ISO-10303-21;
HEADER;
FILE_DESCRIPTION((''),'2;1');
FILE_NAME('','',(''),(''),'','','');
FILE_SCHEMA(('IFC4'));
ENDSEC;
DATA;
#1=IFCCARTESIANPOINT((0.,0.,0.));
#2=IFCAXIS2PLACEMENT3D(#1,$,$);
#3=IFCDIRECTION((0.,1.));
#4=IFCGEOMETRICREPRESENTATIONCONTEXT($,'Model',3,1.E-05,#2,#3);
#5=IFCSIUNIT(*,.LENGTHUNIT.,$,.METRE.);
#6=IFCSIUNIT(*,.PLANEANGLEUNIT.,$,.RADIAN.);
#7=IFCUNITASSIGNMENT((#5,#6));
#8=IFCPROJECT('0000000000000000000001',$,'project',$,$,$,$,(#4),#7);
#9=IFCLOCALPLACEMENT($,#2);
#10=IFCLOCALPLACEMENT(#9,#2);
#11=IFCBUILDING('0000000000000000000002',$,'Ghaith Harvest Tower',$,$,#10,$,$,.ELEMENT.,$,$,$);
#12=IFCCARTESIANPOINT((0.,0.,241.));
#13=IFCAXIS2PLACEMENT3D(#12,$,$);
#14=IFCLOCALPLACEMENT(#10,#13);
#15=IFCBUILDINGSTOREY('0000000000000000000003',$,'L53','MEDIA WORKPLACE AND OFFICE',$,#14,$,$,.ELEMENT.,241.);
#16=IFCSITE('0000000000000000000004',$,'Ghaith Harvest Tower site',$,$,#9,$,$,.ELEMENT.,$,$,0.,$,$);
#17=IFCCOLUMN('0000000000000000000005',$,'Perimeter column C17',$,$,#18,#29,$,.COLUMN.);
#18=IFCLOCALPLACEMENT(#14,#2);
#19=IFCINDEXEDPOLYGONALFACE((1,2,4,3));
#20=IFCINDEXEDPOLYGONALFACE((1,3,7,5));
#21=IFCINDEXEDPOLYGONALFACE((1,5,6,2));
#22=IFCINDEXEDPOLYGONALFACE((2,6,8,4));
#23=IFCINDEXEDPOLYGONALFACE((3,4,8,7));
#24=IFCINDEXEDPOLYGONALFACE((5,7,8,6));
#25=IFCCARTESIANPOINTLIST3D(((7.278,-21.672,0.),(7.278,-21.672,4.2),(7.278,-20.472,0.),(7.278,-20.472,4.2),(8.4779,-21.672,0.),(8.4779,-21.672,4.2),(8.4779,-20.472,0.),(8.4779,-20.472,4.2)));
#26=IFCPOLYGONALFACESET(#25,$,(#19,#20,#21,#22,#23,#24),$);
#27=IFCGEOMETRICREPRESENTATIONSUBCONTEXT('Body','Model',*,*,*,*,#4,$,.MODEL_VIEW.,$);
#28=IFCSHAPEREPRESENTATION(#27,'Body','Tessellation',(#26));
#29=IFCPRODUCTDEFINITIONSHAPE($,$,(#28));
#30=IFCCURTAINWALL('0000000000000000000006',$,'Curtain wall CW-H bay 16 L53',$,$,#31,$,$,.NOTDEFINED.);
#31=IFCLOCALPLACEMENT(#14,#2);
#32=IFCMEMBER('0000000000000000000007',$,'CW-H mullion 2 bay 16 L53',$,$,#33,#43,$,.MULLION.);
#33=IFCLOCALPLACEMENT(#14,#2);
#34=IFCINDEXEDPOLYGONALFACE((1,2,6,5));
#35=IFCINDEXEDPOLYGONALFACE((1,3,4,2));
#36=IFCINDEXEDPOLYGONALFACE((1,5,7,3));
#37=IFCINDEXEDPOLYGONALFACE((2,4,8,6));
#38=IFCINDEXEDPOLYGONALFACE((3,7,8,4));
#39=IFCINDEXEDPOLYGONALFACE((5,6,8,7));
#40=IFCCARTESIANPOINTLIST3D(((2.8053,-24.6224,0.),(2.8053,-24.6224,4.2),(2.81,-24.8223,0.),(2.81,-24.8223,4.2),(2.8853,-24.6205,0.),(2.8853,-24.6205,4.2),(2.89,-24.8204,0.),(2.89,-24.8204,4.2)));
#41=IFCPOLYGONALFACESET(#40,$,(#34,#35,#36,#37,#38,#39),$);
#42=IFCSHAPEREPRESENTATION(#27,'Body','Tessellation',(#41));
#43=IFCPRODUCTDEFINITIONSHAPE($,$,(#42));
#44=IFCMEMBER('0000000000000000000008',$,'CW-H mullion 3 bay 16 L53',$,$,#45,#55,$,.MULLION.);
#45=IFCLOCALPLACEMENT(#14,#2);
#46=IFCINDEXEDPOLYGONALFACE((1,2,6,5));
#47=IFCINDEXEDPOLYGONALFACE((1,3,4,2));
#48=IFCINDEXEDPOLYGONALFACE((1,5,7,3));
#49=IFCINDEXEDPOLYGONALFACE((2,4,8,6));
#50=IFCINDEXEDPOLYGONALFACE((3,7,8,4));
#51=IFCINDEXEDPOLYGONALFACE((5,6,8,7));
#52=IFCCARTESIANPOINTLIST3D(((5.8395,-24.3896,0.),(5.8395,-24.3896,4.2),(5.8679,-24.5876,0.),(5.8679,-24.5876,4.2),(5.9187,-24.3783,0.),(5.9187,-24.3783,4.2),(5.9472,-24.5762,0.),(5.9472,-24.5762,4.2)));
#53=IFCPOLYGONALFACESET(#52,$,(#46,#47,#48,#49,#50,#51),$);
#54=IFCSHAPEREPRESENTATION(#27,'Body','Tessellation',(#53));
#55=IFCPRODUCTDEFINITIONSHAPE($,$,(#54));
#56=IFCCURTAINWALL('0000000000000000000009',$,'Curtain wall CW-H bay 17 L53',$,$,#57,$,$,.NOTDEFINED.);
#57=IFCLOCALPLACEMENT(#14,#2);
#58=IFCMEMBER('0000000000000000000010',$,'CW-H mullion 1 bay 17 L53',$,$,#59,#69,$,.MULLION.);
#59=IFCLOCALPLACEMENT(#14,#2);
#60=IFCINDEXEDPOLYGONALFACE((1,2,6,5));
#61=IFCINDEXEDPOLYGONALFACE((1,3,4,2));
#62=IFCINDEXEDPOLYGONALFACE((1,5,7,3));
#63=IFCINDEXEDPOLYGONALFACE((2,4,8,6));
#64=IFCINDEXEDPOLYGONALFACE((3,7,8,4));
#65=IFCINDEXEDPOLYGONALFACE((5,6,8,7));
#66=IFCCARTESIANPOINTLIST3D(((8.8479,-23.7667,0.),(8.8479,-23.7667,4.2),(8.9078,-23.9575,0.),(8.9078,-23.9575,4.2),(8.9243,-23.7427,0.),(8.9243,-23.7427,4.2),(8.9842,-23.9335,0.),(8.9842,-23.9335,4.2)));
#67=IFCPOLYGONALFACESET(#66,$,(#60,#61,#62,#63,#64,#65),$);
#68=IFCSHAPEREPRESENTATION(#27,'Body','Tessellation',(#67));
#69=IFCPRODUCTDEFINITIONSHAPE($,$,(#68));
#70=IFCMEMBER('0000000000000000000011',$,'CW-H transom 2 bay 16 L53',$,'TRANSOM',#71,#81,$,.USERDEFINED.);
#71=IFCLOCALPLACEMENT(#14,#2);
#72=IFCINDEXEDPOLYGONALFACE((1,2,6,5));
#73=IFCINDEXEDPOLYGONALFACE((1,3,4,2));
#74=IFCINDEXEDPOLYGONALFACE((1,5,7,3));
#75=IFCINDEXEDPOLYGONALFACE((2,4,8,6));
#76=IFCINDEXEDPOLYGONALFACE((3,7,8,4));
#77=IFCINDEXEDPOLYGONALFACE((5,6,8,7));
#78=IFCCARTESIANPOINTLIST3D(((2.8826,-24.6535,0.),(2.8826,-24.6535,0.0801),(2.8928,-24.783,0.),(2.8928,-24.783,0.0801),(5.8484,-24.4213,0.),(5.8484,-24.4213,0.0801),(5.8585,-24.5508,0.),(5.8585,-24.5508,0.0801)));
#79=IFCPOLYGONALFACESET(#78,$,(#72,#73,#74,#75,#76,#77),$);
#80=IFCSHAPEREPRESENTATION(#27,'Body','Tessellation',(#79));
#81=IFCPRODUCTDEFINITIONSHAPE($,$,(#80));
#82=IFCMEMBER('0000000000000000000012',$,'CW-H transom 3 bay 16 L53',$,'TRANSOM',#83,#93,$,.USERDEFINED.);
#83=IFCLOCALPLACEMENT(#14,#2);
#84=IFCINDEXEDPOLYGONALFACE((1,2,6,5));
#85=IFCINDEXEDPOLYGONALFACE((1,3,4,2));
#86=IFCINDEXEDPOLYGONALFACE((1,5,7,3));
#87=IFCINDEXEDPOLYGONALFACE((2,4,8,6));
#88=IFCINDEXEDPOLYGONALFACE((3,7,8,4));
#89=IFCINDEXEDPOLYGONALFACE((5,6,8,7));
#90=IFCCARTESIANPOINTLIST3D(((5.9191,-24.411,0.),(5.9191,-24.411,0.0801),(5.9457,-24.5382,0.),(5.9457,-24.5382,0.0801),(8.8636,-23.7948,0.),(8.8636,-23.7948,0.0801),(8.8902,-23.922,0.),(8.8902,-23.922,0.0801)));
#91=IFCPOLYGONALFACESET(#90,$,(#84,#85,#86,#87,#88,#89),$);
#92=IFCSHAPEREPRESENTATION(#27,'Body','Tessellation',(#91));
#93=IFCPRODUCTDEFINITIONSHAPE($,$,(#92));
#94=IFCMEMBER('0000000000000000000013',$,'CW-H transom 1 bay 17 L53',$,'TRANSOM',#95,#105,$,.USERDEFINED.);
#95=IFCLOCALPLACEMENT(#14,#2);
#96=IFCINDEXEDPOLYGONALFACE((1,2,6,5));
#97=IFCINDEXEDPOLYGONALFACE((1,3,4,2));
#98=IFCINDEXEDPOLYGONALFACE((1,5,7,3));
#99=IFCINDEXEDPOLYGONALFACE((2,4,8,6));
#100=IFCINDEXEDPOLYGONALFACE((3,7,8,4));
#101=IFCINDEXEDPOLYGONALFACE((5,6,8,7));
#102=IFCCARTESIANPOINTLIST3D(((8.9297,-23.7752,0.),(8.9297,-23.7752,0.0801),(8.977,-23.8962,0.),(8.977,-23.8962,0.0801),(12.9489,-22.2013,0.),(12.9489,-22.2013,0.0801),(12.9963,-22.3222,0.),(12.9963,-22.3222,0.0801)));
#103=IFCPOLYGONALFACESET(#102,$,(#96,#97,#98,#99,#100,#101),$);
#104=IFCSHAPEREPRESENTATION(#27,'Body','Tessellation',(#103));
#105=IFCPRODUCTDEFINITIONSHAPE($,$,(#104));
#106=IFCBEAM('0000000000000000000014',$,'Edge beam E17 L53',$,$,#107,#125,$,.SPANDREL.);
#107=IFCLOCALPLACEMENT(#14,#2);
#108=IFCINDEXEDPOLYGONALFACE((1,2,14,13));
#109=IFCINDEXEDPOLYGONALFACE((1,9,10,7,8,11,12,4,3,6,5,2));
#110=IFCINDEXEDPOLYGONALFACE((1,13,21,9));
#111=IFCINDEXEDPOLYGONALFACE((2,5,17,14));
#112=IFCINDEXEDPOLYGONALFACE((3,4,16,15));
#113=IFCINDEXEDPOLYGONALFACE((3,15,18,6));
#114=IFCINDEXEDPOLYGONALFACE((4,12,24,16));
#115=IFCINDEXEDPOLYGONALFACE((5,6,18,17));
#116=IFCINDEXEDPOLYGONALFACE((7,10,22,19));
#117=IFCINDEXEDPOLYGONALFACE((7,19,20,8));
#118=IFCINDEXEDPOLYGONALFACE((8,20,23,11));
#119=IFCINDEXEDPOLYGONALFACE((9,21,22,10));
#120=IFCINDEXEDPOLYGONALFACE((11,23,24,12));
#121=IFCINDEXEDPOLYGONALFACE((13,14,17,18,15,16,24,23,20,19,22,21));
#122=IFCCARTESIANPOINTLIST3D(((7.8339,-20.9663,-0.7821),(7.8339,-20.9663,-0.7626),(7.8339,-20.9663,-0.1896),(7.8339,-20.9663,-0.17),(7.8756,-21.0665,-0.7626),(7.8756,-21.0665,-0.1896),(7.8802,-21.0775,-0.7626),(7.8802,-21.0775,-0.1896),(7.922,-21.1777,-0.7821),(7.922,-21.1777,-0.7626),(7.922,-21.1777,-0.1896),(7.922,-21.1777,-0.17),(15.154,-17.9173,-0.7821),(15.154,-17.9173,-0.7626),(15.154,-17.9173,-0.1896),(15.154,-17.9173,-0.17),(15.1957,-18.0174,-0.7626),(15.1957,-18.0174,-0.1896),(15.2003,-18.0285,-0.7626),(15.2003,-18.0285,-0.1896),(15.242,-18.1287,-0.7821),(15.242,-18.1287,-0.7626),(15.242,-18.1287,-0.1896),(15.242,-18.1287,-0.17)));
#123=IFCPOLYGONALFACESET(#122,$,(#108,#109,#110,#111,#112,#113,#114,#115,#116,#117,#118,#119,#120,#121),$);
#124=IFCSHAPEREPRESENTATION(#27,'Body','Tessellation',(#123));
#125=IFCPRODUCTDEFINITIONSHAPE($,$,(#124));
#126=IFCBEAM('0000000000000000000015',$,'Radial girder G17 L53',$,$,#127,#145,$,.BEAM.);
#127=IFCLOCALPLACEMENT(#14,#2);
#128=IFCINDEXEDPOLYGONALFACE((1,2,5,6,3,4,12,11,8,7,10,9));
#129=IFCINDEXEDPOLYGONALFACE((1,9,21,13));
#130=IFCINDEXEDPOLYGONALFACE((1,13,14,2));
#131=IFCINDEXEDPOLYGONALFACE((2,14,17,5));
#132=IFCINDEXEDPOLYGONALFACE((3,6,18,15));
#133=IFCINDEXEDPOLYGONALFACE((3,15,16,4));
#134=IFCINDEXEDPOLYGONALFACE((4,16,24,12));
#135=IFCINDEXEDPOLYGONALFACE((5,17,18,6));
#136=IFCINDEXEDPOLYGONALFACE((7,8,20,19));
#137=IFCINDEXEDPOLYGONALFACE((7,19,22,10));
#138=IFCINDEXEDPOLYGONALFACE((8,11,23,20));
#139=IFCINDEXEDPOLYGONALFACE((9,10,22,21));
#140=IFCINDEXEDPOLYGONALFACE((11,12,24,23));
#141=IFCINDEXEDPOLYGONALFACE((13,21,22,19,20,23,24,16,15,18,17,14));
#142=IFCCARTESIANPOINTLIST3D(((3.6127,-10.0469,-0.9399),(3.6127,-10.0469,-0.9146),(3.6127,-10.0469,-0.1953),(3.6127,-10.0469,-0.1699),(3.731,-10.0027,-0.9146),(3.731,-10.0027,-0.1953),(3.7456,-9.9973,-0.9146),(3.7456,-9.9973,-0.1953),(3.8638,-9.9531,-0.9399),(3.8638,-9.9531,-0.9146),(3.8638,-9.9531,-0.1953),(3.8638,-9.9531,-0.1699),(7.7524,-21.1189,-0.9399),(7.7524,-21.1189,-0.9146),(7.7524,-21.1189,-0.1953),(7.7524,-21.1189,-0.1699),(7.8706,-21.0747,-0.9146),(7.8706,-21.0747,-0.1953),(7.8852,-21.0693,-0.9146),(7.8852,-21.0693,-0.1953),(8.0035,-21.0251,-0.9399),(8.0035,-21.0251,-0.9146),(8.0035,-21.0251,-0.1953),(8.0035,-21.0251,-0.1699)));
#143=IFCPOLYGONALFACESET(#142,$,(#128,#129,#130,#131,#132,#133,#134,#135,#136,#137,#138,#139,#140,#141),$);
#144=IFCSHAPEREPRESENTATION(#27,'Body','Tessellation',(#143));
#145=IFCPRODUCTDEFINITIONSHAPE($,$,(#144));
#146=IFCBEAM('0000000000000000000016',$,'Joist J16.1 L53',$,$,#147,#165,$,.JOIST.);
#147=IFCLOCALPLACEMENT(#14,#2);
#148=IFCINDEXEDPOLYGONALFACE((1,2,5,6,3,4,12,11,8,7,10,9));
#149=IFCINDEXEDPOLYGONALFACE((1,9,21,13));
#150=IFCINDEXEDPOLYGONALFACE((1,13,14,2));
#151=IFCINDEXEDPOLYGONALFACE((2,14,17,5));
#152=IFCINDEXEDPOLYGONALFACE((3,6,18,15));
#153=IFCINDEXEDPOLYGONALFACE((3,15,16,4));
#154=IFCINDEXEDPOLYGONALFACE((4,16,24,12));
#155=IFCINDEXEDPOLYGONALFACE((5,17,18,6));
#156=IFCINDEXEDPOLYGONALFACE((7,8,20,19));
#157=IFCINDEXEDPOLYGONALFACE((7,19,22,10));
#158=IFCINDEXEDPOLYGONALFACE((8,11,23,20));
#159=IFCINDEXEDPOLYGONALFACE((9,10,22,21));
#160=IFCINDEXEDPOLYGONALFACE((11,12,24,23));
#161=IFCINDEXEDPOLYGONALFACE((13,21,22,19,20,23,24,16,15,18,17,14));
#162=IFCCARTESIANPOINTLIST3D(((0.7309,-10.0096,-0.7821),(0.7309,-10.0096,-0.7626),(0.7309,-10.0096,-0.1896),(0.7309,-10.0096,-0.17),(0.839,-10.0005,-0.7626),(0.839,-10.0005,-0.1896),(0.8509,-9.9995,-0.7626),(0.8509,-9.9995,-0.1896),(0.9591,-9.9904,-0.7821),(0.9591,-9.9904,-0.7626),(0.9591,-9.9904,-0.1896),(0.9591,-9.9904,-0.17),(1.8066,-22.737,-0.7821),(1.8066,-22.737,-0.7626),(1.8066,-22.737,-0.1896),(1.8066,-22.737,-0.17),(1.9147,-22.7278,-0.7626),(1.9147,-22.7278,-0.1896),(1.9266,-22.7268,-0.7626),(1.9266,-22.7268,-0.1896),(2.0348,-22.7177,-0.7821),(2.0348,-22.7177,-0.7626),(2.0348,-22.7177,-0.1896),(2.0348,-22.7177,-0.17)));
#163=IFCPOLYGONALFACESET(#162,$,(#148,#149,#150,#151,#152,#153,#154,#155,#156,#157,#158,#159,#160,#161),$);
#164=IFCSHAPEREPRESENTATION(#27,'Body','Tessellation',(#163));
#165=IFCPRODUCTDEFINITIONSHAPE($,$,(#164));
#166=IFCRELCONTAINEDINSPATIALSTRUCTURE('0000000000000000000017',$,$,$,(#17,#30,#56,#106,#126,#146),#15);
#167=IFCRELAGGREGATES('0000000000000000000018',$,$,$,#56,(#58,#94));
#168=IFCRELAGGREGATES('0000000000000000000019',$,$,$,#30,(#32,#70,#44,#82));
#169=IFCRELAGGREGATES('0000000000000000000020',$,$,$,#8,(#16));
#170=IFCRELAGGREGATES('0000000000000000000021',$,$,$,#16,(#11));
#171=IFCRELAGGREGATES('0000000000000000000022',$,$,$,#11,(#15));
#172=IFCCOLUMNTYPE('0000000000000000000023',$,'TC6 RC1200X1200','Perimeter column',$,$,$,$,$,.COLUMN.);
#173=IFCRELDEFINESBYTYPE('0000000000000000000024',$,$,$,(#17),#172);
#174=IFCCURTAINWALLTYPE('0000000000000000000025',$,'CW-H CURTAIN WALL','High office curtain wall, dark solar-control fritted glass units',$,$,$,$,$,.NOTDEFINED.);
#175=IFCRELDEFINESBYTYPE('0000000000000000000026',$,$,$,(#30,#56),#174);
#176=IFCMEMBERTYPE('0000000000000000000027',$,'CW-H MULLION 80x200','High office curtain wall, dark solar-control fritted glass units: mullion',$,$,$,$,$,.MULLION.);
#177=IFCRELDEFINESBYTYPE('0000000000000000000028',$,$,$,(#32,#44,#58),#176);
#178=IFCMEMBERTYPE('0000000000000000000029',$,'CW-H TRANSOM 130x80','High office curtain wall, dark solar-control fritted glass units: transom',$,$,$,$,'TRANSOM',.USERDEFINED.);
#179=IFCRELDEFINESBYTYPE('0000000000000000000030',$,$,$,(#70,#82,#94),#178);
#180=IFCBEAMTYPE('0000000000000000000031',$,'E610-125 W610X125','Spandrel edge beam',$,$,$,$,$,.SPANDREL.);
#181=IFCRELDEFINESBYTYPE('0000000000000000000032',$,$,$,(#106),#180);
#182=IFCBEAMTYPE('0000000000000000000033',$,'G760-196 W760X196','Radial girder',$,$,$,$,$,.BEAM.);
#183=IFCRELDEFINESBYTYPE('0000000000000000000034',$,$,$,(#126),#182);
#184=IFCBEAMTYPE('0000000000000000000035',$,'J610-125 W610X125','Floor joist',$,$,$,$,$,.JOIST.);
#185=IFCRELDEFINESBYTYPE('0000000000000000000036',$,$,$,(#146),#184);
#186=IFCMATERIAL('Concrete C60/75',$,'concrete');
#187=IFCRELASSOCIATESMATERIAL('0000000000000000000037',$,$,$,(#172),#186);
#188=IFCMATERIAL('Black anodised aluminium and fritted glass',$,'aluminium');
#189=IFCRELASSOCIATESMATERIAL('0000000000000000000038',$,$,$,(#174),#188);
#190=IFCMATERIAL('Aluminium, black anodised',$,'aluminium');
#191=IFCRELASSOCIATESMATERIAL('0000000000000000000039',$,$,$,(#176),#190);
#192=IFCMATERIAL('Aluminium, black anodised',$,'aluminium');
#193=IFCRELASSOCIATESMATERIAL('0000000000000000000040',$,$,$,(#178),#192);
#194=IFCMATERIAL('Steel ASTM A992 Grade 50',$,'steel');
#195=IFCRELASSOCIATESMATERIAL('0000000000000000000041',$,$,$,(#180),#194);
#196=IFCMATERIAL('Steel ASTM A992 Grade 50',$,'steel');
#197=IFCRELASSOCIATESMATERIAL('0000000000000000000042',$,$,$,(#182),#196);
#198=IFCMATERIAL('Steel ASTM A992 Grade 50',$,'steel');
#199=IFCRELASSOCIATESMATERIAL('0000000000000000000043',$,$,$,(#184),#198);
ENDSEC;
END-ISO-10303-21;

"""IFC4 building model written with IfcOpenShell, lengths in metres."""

from ifc_helpers import new_model, si_unit, direction, frame, origin, origin_2d, place, context, subcontext, project, spatial, rectangle, i_section, extrude, material, material_profile, profile_set, type_object, element, aggregate, save


model = new_model("IFC4")

# Units and contexts
model_context = context("Model", 3, precision=1e-05, world=origin(), true_north=direction((0.0, 1.0)))
body_context = subcontext(model_context, "Body", "Model", "MODEL_VIEW")
ifc_project = project(units=[si_unit("LENGTHUNIT", "METRE"), si_unit("PLANEANGLEUNIT", "RADIAN")], contexts=[model_context])

# Site, building, storey
site_placement = place(None, origin())
site = spatial("IfcSite", under=ifc_project, at=site_placement, Name="Ghaith Harvest Tower site", CompositionType="ELEMENT", RefElevation=0.0)
building_placement = place(site_placement, origin())
building = spatial("IfcBuilding", under=site, at=building_placement, Name="Ghaith Harvest Tower", CompositionType="ELEMENT")
storey_placement = place(building_placement, frame((0.0, 0.0, 241.0)))
storey = spatial("IfcBuildingStorey", under=building, at=storey_placement, Name="L53", Description="MEDIA WORKPLACE AND OFFICE", CompositionType="ELEMENT", Elevation=241.0)

# Column
ifc_material_1 = material(Name="Concrete C60/75", Category="concrete")
ifc_material_profile_1 = material_profile(ifc_material_1, rectangle(XDim=1.2, YDim=1.2, at=origin_2d()), Name="RC1200X1200")
ifc_profile_set_1 = profile_set([ifc_material_profile_1], Name="Concrete C60/75")
column_type = type_object("IfcColumnType", Name="TC6 RC1200X1200", Description="Perimeter column", PredefinedType="COLUMN", material=ifc_profile_set_1)
column_placement = place(storey_placement, frame((7.8779, -21.072, 0.0), z_axis=(0.0, 0.0, 1.0), x_axis=(1.0, 0.0, 0.0)))
element("IfcColumn", 1, at=column_placement, inside=storey, type_object=column_type, Name="Perimeter column C17", PredefinedType="COLUMN", context=body_context, shape_type="SweptSolid", body=[
    extrude(rectangle(XDim=1.2, YDim=1.2, at=origin_2d()), origin(), (0.0, 0.0, 1.0), 4.2),
])

# Curtain wall, members
ifc_material_2 = material(Name="Black anodised aluminium and fritted glass", Category="aluminium")
curtain_wall_type = type_object("IfcCurtainWallType", Name="CW-H CURTAIN WALL", Description="High office curtain wall, dark solar-control fritted glass units", PredefinedType="NOTDEFINED", material=ifc_material_2)
curtain_wall_1_placement = place(storey_placement, origin())
curtain_wall_1 = element("IfcCurtainWall", 2, at=curtain_wall_1_placement, inside=storey, type_object=curtain_wall_type, Name="Curtain wall CW-H bay 16 L53", PredefinedType="NOTDEFINED")
ifc_material_3 = material(Name="Aluminium, black anodised", Category="aluminium")
ifc_material_profile_2 = material_profile(ifc_material_3, rectangle(XDim=0.0801, YDim=0.2, at=origin_2d()), Name="CW-H MULLION 80x200")
ifc_profile_set_2 = profile_set([ifc_material_profile_2], Name="Aluminium, black anodised")
member_type_1 = type_object("IfcMemberType", Name="CW-H MULLION 80x200", Description="High office curtain wall, dark solar-control fritted glass units: mullion", PredefinedType="MULLION", material=ifc_profile_set_2)
member_1_placement = place(storey_placement, frame((2.8477, -24.7214, 0.0), z_axis=(0.0, 0.0, 1.0), x_axis=(0.999724, 0.023475, 0.0)))
member_1 = element("IfcMember", 3, at=member_1_placement, type_object=member_type_1, Name="CW-H mullion 2 bay 16 L53", PredefinedType="MULLION", context=body_context, shape_type="SweptSolid", body=[
    extrude(rectangle(XDim=0.0801, YDim=0.2, at=origin_2d()), origin(), (0.0, 0.0, 1.0), 4.2),
])
member_2_placement = place(storey_placement, frame((5.8933, -24.4829, 0.0), z_axis=(0.0, 0.0, 1.0), x_axis=(0.989849, 0.142122, 0.0)))
member_2 = element("IfcMember", 4, at=member_2_placement, type_object=member_type_1, Name="CW-H mullion 3 bay 16 L53", PredefinedType="MULLION", context=body_context, shape_type="SweptSolid", body=[
    extrude(rectangle(XDim=0.0801, YDim=0.2, at=origin_2d()), origin(), (0.0, 0.0, 1.0), 4.2),
])

# Curtain wall, member
curtain_wall_2_placement = place(storey_placement, origin())
curtain_wall_2 = element("IfcCurtainWall", 5, at=curtain_wall_2_placement, inside=storey, type_object=curtain_wall_type, Name="Curtain wall CW-H bay 17 L53", PredefinedType="NOTDEFINED")
member_3_placement = place(storey_placement, frame((8.916, -23.8501, 0.0), z_axis=(0.0, 0.0, 1.0), x_axis=(0.95403, 0.299711, 0.0)))
member_3 = element("IfcMember", 6, at=member_3_placement, type_object=member_type_1, Name="CW-H mullion 1 bay 17 L53", PredefinedType="MULLION", context=body_context, shape_type="SweptSolid", body=[
    extrude(rectangle(XDim=0.0801, YDim=0.2, at=origin_2d()), origin(), (0.0, 0.0, 1.0), 4.2),
])

# Members
ifc_material_4 = material(Name="Aluminium, black anodised", Category="aluminium")
ifc_material_profile_3 = material_profile(ifc_material_4, rectangle(XDim=0.1299, YDim=0.0801, at=origin_2d()), Name="CW-H TRANSOM 130x80")
ifc_profile_set_3 = profile_set([ifc_material_profile_3], Name="Aluminium, black anodised")
member_type_2 = type_object("IfcMemberType", Name="CW-H TRANSOM 130x80", Description="High office curtain wall, dark solar-control fritted glass units: transom", ElementType="TRANSOM", PredefinedType="USERDEFINED", material=ifc_profile_set_3)
member_4_placement = place(storey_placement, frame((2.8877, -24.7183, 0.04), z_axis=(0.99695, 0.078046, 0.0), x_axis=(-0.078046, 0.99695, 0.0)))
member_4 = element("IfcMember", 7, at=member_4_placement, type_object=member_type_2, Name="CW-H transom 2 bay 16 L53", ObjectType="TRANSOM", PredefinedType="USERDEFINED", context=body_context, shape_type="SweptSolid", body=[
    extrude(rectangle(XDim=0.1299, YDim=0.0801, at=origin_2d()), origin(), (0.0, 0.0, 1.0), 2.9749),
])
member_5_placement = place(storey_placement, frame((5.9324, -24.4746, 0.04), z_axis=(0.978797, 0.204832, 0.0), x_axis=(-0.204832, 0.978797, 0.0)))
member_5 = element("IfcMember", 8, at=member_5_placement, type_object=member_type_2, Name="CW-H transom 3 bay 16 L53", ObjectType="TRANSOM", PredefinedType="USERDEFINED", context=body_context, shape_type="SweptSolid", body=[
    extrude(rectangle(XDim=0.1299, YDim=0.0801, at=origin_2d()), origin(), (0.0, 0.0, 1.0), 3.0083),
])
member_6_placement = place(storey_placement, frame((8.9534, -23.8357, 0.04), z_axis=(0.931148, 0.364642, 0.0), x_axis=(-0.364642, 0.931148, 0.0)))
member_6 = element("IfcMember", 9, at=member_6_placement, type_object=member_type_2, Name="CW-H transom 1 bay 17 L53", ObjectType="TRANSOM", PredefinedType="USERDEFINED", context=body_context, shape_type="SweptSolid", body=[
    extrude(rectangle(XDim=0.1299, YDim=0.0801, at=origin_2d()), origin(), (0.0, 0.0, 1.0), 4.3164),
])
aggregate(curtain_wall_2, [member_3, member_6])

# Beams
ifc_material_5 = material(Name="Steel ASTM A992 Grade 50", Category="steel")
ifc_material_profile_4 = material_profile(ifc_material_5, i_section(OverallWidth=0.229, OverallDepth=0.6121, WebThickness=0.012, FlangeThickness=0.0195, at=origin_2d()), Name="W610X125")
ifc_profile_set_4 = profile_set([ifc_material_profile_4], Name="Steel ASTM A992 Grade 50")
beam_type_1 = type_object("IfcBeamType", Name="E610-125 W610X125", Description="Spandrel edge beam", PredefinedType="SPANDREL", material=ifc_profile_set_4)
beam_1_placement = place(storey_placement, frame((7.8779, -21.072, -0.4761), z_axis=(0.92312, 0.384513, 0.0), x_axis=(-0.384513, 0.92312, 0.0)))
element("IfcBeam", 10, at=beam_1_placement, inside=storey, type_object=beam_type_1, Name="Edge beam E17 L53", PredefinedType="SPANDREL", context=body_context, shape_type="SweptSolid", body=[
    extrude(i_section(OverallWidth=0.229, OverallDepth=0.6121, WebThickness=0.012, FlangeThickness=0.0195, at=origin_2d()), origin(), (0.0, 0.0, 1.0), 7.9297),
])
ifc_material_6 = material(Name="Steel ASTM A992 Grade 50", Category="steel")
ifc_material_profile_5 = material_profile(ifc_material_6, i_section(OverallWidth=0.2681, OverallDepth=0.77, WebThickness=0.0156, FlangeThickness=0.0254, at=origin_2d()), Name="W760X196")
ifc_profile_set_5 = profile_set([ifc_material_profile_5], Name="Steel ASTM A992 Grade 50")
beam_type_2 = type_object("IfcBeamType", Name="G760-196 W760X196", Description="Radial girder", PredefinedType="BEAM", material=ifc_profile_set_5)
beam_2_placement = place(storey_placement, frame((3.7383, -10.0, -0.5549), z_axis=(0.350207, -0.936672, 0.0), x_axis=(0.936672, 0.350207, 0.0)))
element("IfcBeam", 11, at=beam_2_placement, inside=storey, type_object=beam_type_2, Name="Radial girder G17 L53", PredefinedType="BEAM", context=body_context, shape_type="SweptSolid", body=[
    extrude(i_section(OverallWidth=0.2681, OverallDepth=0.77, WebThickness=0.0156, FlangeThickness=0.0254, at=origin_2d()), origin(), (0.0, 0.0, 1.0), 11.8206),
])
ifc_material_7 = material(Name="Steel ASTM A992 Grade 50", Category="steel")
ifc_material_profile_6 = material_profile(ifc_material_7, i_section(OverallWidth=0.229, OverallDepth=0.6121, WebThickness=0.012, FlangeThickness=0.0195, at=origin_2d()), Name="W610X125")
ifc_profile_set_6 = profile_set([ifc_material_profile_6], Name="Steel ASTM A992 Grade 50")
beam_type_3 = type_object("IfcBeamType", Name="J610-125 W610X125", Description="Floor joist", PredefinedType="JOIST", material=ifc_profile_set_6)
beam_3_placement = place(storey_placement, frame((0.845, -10.0, -0.4761), z_axis=(0.084218, -0.996447, 0.0), x_axis=(0.996447, 0.084218, 0.0)))
element("IfcBeam", 12, at=beam_3_placement, inside=storey, type_object=beam_type_3, Name="Joist J16.1 L53", PredefinedType="JOIST", context=body_context, shape_type="SweptSolid", body=[
    extrude(i_section(OverallWidth=0.229, OverallDepth=0.6121, WebThickness=0.012, FlangeThickness=0.0195, at=origin_2d()), origin(), (0.0, 0.0, 1.0), 12.7727),
])

aggregate(curtain_wall_1, [member_1, member_4, member_2, member_5])

save(model, "model.ifc")
